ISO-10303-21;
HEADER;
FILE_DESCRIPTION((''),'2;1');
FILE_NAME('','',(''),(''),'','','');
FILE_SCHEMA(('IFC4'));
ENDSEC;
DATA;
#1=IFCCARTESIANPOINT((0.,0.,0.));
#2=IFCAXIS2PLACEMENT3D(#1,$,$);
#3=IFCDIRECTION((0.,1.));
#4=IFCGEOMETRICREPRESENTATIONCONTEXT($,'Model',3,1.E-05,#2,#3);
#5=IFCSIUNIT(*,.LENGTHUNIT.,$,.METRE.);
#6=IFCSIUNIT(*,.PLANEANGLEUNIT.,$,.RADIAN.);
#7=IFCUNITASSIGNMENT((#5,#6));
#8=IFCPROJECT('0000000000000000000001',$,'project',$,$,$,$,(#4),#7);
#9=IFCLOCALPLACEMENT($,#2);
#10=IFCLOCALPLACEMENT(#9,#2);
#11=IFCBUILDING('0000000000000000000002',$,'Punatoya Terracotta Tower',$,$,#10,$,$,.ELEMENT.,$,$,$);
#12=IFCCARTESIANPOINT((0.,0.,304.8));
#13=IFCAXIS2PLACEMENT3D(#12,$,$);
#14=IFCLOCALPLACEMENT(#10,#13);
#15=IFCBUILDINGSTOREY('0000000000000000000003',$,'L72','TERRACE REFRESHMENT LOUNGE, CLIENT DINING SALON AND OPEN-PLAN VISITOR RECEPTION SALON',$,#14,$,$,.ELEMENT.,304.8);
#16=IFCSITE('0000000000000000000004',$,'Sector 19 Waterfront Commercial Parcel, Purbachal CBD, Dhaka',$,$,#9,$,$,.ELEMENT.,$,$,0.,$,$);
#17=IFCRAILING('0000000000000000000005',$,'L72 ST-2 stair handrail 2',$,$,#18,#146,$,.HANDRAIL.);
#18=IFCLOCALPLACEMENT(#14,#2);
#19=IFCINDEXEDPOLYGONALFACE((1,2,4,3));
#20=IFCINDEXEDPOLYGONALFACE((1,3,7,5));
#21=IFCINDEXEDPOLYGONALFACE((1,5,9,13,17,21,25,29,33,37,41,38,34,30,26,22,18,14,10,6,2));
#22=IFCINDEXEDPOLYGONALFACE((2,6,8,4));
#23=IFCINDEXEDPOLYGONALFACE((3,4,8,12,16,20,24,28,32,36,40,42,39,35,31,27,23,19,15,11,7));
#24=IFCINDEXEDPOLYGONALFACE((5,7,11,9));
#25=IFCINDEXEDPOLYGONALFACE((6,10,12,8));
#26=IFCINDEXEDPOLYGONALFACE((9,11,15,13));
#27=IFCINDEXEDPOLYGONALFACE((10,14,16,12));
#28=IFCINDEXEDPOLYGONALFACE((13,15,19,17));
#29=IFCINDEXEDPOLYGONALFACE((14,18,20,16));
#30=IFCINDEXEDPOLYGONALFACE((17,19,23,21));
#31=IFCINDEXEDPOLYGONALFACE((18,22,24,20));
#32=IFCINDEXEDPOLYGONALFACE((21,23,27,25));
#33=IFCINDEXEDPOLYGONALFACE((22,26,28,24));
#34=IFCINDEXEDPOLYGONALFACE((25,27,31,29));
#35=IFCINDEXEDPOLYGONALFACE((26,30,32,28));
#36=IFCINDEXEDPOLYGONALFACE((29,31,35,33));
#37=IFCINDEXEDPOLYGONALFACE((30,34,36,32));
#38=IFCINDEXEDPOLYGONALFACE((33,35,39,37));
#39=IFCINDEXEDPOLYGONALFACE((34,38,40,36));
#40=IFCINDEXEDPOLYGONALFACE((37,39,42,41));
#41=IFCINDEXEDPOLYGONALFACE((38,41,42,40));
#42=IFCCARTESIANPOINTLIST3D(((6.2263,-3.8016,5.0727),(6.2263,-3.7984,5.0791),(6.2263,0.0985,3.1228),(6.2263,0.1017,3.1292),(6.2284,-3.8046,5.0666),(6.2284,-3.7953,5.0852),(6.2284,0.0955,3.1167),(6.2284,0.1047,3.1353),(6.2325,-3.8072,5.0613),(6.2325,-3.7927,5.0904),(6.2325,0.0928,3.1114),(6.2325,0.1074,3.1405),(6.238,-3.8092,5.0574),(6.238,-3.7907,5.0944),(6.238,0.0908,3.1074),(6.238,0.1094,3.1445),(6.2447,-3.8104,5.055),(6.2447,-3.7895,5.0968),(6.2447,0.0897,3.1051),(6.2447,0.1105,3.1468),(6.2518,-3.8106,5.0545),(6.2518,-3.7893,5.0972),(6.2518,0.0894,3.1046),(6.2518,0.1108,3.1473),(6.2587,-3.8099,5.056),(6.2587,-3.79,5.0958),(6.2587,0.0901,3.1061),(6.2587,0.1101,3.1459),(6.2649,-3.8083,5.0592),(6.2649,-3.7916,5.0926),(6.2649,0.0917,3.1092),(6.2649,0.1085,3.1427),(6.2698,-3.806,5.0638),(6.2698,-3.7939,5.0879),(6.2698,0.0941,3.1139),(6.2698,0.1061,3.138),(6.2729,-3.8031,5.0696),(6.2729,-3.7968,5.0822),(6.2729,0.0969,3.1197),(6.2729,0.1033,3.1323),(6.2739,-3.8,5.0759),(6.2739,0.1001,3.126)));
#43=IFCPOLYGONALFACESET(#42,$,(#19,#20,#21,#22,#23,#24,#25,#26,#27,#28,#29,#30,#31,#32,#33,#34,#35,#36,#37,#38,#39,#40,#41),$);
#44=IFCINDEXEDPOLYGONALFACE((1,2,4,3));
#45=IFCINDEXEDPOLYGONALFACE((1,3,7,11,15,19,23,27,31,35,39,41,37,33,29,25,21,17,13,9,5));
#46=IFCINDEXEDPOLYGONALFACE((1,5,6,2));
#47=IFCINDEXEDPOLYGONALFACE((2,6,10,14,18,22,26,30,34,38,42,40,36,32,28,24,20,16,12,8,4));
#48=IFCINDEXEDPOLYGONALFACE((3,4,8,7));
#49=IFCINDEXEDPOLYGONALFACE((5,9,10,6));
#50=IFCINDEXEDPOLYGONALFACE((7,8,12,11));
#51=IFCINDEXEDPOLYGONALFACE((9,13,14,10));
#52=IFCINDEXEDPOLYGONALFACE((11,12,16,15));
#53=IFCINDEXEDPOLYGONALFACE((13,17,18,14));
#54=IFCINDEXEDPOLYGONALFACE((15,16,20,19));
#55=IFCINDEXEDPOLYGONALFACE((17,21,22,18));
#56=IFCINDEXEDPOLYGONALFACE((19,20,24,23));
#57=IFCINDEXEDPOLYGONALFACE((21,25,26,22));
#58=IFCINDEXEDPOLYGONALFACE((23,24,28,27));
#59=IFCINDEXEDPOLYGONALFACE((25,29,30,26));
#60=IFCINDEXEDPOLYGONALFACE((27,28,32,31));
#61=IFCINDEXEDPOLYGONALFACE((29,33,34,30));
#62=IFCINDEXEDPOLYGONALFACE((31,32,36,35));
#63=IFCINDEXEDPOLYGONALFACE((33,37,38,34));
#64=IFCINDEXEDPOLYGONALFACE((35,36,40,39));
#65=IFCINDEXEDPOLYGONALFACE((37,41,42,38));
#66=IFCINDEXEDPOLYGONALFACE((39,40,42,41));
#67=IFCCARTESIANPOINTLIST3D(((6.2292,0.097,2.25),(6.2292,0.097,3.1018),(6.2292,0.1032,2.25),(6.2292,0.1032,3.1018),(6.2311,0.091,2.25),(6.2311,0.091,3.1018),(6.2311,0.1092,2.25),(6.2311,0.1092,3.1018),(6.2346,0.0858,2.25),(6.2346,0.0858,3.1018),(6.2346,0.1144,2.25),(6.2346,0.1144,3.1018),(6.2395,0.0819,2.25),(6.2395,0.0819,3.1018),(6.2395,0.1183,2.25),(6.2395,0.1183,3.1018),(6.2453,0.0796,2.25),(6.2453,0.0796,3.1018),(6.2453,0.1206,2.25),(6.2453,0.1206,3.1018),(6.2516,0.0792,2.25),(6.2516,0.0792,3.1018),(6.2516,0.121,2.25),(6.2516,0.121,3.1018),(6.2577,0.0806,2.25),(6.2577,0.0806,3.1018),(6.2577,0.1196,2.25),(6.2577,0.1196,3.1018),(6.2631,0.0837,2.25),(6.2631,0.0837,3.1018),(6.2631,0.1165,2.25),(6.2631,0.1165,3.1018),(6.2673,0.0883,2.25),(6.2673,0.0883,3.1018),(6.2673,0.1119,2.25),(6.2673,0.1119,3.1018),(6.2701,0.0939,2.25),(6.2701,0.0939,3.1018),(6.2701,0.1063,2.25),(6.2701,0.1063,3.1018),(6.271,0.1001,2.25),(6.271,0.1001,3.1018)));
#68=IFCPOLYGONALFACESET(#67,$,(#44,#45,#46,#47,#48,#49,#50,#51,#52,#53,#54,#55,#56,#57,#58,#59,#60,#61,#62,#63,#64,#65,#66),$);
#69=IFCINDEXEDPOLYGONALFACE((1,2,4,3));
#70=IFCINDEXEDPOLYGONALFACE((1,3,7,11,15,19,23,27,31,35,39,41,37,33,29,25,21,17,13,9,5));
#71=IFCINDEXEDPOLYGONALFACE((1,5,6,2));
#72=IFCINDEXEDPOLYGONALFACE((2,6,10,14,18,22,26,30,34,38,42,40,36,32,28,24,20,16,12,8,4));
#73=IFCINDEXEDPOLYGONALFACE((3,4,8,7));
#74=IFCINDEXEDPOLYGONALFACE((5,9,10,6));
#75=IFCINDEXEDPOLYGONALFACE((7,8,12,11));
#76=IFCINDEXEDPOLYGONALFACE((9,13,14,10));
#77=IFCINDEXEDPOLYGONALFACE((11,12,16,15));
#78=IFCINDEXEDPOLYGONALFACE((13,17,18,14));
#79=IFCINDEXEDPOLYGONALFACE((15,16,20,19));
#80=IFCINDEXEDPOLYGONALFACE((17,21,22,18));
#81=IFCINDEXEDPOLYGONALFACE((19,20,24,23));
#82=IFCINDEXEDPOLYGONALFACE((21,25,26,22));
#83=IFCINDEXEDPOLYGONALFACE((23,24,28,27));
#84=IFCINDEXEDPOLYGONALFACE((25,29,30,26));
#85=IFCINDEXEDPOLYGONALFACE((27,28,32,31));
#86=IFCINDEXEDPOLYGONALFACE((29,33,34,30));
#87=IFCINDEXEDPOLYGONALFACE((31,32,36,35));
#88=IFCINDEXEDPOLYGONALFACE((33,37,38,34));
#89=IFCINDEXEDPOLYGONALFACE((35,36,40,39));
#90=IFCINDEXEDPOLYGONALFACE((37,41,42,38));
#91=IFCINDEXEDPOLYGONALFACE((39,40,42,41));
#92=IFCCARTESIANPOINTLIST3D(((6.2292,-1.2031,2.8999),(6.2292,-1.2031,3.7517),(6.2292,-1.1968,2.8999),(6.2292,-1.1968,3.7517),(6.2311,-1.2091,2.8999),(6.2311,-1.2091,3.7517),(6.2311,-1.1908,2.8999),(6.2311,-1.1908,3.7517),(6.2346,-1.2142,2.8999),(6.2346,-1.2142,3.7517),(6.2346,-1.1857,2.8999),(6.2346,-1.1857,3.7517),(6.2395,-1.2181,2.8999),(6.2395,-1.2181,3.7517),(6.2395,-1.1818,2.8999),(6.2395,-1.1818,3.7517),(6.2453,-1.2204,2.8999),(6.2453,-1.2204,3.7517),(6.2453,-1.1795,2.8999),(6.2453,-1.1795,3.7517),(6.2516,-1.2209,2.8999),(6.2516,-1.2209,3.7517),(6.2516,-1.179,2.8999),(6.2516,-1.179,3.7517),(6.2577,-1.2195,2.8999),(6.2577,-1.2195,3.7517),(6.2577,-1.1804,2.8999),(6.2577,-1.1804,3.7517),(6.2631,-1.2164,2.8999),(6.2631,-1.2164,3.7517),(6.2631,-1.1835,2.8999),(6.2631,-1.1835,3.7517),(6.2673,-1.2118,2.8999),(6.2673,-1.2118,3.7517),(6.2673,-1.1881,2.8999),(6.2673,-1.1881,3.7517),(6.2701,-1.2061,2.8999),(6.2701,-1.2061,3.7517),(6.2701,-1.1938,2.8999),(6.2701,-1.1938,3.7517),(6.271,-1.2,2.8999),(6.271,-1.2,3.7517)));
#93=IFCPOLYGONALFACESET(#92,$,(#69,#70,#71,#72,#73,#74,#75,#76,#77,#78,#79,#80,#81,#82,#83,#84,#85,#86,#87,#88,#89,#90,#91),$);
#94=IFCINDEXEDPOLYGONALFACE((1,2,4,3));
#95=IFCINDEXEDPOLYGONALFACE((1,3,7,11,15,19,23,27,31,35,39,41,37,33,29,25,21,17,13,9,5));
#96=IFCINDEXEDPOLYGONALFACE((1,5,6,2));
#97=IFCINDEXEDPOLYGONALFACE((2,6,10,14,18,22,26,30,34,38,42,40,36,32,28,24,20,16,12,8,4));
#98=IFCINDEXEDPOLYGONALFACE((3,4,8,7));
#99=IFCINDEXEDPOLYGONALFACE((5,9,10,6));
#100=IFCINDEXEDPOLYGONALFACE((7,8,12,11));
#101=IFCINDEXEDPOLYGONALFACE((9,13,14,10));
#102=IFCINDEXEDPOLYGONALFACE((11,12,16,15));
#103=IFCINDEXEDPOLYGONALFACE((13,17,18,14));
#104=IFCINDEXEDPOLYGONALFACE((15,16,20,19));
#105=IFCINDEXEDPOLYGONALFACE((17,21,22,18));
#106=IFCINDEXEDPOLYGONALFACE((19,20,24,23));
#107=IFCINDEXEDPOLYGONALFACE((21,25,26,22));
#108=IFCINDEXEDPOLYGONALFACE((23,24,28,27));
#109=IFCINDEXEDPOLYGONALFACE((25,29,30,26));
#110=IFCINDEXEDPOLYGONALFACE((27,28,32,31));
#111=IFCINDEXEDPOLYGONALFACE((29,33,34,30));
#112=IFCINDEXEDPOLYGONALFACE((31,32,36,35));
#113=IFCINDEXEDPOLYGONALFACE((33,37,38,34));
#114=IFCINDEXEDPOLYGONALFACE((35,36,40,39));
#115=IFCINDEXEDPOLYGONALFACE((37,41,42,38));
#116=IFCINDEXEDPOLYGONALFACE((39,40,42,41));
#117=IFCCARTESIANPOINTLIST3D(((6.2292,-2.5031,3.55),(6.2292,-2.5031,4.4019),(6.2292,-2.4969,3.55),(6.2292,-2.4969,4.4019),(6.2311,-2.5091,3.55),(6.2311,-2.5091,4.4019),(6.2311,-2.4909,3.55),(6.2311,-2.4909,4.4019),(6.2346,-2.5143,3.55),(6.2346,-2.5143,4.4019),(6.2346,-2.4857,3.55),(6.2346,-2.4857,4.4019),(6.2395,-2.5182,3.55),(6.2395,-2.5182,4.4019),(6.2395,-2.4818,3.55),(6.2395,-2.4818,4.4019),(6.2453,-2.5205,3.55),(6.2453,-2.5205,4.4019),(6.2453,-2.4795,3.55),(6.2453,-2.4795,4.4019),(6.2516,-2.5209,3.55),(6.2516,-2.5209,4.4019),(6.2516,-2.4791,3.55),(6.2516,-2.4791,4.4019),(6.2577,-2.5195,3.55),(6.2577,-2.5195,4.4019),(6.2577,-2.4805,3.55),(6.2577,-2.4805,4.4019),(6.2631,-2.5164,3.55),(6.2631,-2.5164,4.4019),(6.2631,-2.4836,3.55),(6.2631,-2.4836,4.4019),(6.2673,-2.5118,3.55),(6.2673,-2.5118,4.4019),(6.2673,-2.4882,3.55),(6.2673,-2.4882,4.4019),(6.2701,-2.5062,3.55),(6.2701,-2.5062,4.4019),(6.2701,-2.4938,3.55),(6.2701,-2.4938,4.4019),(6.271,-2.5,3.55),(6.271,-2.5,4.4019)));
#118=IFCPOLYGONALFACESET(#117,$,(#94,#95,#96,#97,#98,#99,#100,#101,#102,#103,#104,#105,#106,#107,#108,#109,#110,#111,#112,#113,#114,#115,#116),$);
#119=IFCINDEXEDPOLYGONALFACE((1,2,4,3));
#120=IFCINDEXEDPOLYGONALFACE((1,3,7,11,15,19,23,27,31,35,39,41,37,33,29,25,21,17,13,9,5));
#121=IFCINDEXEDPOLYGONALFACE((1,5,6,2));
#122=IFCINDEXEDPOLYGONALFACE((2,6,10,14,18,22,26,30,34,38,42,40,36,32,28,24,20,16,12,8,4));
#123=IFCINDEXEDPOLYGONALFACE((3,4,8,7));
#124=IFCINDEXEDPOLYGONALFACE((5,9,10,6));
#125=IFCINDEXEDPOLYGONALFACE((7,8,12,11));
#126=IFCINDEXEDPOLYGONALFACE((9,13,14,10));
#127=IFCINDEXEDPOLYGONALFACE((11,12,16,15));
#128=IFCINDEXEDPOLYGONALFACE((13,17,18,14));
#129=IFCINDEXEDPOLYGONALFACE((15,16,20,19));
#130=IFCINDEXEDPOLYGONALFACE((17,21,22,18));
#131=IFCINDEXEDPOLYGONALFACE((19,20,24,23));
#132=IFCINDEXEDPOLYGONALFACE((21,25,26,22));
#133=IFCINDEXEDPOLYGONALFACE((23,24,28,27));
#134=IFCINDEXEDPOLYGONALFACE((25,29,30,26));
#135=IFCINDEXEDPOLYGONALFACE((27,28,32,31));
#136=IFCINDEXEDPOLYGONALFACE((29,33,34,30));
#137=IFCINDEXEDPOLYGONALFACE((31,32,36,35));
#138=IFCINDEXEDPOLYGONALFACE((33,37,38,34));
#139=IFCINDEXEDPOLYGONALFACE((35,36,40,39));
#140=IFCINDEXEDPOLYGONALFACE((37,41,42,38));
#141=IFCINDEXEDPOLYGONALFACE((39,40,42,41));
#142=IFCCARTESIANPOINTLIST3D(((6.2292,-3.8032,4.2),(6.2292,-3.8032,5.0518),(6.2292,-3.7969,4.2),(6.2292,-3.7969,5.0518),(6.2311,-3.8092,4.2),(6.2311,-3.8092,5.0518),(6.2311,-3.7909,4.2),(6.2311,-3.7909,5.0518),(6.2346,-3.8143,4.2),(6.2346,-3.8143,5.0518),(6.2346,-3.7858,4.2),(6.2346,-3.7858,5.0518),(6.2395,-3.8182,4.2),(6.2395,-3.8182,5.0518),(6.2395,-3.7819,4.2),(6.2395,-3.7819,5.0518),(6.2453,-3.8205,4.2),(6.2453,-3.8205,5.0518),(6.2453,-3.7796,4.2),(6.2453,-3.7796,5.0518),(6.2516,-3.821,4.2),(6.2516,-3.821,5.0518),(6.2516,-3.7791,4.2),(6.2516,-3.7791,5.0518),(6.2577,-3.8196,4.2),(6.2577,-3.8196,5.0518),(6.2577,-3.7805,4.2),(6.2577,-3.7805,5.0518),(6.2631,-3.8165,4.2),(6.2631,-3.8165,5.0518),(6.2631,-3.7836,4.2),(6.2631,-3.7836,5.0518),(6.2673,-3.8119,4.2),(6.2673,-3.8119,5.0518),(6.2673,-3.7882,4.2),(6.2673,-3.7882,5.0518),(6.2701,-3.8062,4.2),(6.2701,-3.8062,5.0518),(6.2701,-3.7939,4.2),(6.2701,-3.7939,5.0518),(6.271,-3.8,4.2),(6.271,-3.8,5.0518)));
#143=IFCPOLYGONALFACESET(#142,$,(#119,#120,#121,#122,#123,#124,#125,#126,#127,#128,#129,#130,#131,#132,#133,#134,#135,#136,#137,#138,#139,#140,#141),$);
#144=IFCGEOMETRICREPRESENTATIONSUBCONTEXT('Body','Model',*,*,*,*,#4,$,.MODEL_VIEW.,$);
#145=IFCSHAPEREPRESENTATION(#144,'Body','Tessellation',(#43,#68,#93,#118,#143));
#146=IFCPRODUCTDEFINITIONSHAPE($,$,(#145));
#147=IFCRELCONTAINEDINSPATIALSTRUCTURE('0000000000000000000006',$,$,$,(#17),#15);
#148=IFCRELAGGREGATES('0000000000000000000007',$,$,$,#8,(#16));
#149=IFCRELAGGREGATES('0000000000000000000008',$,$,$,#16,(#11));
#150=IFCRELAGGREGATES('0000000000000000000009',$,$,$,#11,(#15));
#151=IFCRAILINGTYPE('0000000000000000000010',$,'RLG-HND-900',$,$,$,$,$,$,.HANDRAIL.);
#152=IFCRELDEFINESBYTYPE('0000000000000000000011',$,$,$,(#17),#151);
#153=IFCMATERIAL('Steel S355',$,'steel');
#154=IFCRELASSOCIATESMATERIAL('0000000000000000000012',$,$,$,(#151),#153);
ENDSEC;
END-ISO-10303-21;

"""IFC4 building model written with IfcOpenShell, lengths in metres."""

from ifc_helpers import new_model, si_unit, direction, frame, origin, origin_2d, place, context, subcontext, project, spatial, circle, extrude, material, type_object, element, save


model = new_model("IFC4")

# Units and contexts
model_context = context("Model", 3, precision=1e-05, world=origin(), true_north=direction((0.0, 1.0)))
body_context = subcontext(model_context, "Body", "Model", "MODEL_VIEW")
ifc_project = project(units=[si_unit("LENGTHUNIT", "METRE"), si_unit("PLANEANGLEUNIT", "RADIAN")], contexts=[model_context])

# Site, building, storey
site_placement = place(None, origin())
site = spatial("IfcSite", under=ifc_project, at=site_placement, Name="Sector 19 Waterfront Commercial Parcel, Purbachal CBD, Dhaka", CompositionType="ELEMENT", RefElevation=0.0)
building_placement = place(site_placement, origin())
building = spatial("IfcBuilding", under=site, at=building_placement, Name="Punatoya Terracotta Tower", CompositionType="ELEMENT")
storey_placement = place(building_placement, frame((0.0, 0.0, 304.8)))
storey = spatial("IfcBuildingStorey", under=building, at=storey_placement, Name="L72", Description="TERRACE REFRESHMENT LOUNGE, CLIENT DINING SALON AND OPEN-PLAN VISITOR RECEPTION SALON", CompositionType="ELEMENT", Elevation=304.8)

# Shared definitions
ifc_material_1 = material(Name="Steel S355", Category="steel")

# Railing
railing_type_1 = type_object("IfcRailingType", Name="RLG-HND-900", PredefinedType="HANDRAIL", material=ifc_material_1)
railing_1_placement = place(storey_placement, frame((6.25, 0.1001, 2.25)))
element("IfcRailing", 1, at=railing_1_placement, inside=storey, type_object=railing_type_1, Name="L72 ST-2 stair handrail 2", PredefinedType="HANDRAIL", context=body_context, shape_type="SweptSolid", body=[
    extrude(circle(Radius=0.0239, at=origin_2d()), frame((0.0, 0.0, 0.876), z_axis=(0.0, -0.894438, 0.447191), x_axis=(1.0, 0.0, 0.0)), (0.0, 0.0, 1.0), 4.3604),
    extrude(circle(Radius=0.021, at=origin_2d()), origin(), (0.0, 0.0, 1.0), 0.8518),
    extrude(circle(Radius=0.021, at=origin_2d()), frame((0.0, -1.3, 0.6499)), (0.0, 0.0, 1.0), 0.8518),
    extrude(circle(Radius=0.021, at=origin_2d()), frame((0.0, -2.6001, 1.3)), (0.0, 0.0, 1.0), 0.8518),
    extrude(circle(Radius=0.021, at=origin_2d()), frame((0.0, -3.9001, 1.95)), (0.0, 0.0, 1.0), 0.8518),
])

save(model, "model.ifc")
